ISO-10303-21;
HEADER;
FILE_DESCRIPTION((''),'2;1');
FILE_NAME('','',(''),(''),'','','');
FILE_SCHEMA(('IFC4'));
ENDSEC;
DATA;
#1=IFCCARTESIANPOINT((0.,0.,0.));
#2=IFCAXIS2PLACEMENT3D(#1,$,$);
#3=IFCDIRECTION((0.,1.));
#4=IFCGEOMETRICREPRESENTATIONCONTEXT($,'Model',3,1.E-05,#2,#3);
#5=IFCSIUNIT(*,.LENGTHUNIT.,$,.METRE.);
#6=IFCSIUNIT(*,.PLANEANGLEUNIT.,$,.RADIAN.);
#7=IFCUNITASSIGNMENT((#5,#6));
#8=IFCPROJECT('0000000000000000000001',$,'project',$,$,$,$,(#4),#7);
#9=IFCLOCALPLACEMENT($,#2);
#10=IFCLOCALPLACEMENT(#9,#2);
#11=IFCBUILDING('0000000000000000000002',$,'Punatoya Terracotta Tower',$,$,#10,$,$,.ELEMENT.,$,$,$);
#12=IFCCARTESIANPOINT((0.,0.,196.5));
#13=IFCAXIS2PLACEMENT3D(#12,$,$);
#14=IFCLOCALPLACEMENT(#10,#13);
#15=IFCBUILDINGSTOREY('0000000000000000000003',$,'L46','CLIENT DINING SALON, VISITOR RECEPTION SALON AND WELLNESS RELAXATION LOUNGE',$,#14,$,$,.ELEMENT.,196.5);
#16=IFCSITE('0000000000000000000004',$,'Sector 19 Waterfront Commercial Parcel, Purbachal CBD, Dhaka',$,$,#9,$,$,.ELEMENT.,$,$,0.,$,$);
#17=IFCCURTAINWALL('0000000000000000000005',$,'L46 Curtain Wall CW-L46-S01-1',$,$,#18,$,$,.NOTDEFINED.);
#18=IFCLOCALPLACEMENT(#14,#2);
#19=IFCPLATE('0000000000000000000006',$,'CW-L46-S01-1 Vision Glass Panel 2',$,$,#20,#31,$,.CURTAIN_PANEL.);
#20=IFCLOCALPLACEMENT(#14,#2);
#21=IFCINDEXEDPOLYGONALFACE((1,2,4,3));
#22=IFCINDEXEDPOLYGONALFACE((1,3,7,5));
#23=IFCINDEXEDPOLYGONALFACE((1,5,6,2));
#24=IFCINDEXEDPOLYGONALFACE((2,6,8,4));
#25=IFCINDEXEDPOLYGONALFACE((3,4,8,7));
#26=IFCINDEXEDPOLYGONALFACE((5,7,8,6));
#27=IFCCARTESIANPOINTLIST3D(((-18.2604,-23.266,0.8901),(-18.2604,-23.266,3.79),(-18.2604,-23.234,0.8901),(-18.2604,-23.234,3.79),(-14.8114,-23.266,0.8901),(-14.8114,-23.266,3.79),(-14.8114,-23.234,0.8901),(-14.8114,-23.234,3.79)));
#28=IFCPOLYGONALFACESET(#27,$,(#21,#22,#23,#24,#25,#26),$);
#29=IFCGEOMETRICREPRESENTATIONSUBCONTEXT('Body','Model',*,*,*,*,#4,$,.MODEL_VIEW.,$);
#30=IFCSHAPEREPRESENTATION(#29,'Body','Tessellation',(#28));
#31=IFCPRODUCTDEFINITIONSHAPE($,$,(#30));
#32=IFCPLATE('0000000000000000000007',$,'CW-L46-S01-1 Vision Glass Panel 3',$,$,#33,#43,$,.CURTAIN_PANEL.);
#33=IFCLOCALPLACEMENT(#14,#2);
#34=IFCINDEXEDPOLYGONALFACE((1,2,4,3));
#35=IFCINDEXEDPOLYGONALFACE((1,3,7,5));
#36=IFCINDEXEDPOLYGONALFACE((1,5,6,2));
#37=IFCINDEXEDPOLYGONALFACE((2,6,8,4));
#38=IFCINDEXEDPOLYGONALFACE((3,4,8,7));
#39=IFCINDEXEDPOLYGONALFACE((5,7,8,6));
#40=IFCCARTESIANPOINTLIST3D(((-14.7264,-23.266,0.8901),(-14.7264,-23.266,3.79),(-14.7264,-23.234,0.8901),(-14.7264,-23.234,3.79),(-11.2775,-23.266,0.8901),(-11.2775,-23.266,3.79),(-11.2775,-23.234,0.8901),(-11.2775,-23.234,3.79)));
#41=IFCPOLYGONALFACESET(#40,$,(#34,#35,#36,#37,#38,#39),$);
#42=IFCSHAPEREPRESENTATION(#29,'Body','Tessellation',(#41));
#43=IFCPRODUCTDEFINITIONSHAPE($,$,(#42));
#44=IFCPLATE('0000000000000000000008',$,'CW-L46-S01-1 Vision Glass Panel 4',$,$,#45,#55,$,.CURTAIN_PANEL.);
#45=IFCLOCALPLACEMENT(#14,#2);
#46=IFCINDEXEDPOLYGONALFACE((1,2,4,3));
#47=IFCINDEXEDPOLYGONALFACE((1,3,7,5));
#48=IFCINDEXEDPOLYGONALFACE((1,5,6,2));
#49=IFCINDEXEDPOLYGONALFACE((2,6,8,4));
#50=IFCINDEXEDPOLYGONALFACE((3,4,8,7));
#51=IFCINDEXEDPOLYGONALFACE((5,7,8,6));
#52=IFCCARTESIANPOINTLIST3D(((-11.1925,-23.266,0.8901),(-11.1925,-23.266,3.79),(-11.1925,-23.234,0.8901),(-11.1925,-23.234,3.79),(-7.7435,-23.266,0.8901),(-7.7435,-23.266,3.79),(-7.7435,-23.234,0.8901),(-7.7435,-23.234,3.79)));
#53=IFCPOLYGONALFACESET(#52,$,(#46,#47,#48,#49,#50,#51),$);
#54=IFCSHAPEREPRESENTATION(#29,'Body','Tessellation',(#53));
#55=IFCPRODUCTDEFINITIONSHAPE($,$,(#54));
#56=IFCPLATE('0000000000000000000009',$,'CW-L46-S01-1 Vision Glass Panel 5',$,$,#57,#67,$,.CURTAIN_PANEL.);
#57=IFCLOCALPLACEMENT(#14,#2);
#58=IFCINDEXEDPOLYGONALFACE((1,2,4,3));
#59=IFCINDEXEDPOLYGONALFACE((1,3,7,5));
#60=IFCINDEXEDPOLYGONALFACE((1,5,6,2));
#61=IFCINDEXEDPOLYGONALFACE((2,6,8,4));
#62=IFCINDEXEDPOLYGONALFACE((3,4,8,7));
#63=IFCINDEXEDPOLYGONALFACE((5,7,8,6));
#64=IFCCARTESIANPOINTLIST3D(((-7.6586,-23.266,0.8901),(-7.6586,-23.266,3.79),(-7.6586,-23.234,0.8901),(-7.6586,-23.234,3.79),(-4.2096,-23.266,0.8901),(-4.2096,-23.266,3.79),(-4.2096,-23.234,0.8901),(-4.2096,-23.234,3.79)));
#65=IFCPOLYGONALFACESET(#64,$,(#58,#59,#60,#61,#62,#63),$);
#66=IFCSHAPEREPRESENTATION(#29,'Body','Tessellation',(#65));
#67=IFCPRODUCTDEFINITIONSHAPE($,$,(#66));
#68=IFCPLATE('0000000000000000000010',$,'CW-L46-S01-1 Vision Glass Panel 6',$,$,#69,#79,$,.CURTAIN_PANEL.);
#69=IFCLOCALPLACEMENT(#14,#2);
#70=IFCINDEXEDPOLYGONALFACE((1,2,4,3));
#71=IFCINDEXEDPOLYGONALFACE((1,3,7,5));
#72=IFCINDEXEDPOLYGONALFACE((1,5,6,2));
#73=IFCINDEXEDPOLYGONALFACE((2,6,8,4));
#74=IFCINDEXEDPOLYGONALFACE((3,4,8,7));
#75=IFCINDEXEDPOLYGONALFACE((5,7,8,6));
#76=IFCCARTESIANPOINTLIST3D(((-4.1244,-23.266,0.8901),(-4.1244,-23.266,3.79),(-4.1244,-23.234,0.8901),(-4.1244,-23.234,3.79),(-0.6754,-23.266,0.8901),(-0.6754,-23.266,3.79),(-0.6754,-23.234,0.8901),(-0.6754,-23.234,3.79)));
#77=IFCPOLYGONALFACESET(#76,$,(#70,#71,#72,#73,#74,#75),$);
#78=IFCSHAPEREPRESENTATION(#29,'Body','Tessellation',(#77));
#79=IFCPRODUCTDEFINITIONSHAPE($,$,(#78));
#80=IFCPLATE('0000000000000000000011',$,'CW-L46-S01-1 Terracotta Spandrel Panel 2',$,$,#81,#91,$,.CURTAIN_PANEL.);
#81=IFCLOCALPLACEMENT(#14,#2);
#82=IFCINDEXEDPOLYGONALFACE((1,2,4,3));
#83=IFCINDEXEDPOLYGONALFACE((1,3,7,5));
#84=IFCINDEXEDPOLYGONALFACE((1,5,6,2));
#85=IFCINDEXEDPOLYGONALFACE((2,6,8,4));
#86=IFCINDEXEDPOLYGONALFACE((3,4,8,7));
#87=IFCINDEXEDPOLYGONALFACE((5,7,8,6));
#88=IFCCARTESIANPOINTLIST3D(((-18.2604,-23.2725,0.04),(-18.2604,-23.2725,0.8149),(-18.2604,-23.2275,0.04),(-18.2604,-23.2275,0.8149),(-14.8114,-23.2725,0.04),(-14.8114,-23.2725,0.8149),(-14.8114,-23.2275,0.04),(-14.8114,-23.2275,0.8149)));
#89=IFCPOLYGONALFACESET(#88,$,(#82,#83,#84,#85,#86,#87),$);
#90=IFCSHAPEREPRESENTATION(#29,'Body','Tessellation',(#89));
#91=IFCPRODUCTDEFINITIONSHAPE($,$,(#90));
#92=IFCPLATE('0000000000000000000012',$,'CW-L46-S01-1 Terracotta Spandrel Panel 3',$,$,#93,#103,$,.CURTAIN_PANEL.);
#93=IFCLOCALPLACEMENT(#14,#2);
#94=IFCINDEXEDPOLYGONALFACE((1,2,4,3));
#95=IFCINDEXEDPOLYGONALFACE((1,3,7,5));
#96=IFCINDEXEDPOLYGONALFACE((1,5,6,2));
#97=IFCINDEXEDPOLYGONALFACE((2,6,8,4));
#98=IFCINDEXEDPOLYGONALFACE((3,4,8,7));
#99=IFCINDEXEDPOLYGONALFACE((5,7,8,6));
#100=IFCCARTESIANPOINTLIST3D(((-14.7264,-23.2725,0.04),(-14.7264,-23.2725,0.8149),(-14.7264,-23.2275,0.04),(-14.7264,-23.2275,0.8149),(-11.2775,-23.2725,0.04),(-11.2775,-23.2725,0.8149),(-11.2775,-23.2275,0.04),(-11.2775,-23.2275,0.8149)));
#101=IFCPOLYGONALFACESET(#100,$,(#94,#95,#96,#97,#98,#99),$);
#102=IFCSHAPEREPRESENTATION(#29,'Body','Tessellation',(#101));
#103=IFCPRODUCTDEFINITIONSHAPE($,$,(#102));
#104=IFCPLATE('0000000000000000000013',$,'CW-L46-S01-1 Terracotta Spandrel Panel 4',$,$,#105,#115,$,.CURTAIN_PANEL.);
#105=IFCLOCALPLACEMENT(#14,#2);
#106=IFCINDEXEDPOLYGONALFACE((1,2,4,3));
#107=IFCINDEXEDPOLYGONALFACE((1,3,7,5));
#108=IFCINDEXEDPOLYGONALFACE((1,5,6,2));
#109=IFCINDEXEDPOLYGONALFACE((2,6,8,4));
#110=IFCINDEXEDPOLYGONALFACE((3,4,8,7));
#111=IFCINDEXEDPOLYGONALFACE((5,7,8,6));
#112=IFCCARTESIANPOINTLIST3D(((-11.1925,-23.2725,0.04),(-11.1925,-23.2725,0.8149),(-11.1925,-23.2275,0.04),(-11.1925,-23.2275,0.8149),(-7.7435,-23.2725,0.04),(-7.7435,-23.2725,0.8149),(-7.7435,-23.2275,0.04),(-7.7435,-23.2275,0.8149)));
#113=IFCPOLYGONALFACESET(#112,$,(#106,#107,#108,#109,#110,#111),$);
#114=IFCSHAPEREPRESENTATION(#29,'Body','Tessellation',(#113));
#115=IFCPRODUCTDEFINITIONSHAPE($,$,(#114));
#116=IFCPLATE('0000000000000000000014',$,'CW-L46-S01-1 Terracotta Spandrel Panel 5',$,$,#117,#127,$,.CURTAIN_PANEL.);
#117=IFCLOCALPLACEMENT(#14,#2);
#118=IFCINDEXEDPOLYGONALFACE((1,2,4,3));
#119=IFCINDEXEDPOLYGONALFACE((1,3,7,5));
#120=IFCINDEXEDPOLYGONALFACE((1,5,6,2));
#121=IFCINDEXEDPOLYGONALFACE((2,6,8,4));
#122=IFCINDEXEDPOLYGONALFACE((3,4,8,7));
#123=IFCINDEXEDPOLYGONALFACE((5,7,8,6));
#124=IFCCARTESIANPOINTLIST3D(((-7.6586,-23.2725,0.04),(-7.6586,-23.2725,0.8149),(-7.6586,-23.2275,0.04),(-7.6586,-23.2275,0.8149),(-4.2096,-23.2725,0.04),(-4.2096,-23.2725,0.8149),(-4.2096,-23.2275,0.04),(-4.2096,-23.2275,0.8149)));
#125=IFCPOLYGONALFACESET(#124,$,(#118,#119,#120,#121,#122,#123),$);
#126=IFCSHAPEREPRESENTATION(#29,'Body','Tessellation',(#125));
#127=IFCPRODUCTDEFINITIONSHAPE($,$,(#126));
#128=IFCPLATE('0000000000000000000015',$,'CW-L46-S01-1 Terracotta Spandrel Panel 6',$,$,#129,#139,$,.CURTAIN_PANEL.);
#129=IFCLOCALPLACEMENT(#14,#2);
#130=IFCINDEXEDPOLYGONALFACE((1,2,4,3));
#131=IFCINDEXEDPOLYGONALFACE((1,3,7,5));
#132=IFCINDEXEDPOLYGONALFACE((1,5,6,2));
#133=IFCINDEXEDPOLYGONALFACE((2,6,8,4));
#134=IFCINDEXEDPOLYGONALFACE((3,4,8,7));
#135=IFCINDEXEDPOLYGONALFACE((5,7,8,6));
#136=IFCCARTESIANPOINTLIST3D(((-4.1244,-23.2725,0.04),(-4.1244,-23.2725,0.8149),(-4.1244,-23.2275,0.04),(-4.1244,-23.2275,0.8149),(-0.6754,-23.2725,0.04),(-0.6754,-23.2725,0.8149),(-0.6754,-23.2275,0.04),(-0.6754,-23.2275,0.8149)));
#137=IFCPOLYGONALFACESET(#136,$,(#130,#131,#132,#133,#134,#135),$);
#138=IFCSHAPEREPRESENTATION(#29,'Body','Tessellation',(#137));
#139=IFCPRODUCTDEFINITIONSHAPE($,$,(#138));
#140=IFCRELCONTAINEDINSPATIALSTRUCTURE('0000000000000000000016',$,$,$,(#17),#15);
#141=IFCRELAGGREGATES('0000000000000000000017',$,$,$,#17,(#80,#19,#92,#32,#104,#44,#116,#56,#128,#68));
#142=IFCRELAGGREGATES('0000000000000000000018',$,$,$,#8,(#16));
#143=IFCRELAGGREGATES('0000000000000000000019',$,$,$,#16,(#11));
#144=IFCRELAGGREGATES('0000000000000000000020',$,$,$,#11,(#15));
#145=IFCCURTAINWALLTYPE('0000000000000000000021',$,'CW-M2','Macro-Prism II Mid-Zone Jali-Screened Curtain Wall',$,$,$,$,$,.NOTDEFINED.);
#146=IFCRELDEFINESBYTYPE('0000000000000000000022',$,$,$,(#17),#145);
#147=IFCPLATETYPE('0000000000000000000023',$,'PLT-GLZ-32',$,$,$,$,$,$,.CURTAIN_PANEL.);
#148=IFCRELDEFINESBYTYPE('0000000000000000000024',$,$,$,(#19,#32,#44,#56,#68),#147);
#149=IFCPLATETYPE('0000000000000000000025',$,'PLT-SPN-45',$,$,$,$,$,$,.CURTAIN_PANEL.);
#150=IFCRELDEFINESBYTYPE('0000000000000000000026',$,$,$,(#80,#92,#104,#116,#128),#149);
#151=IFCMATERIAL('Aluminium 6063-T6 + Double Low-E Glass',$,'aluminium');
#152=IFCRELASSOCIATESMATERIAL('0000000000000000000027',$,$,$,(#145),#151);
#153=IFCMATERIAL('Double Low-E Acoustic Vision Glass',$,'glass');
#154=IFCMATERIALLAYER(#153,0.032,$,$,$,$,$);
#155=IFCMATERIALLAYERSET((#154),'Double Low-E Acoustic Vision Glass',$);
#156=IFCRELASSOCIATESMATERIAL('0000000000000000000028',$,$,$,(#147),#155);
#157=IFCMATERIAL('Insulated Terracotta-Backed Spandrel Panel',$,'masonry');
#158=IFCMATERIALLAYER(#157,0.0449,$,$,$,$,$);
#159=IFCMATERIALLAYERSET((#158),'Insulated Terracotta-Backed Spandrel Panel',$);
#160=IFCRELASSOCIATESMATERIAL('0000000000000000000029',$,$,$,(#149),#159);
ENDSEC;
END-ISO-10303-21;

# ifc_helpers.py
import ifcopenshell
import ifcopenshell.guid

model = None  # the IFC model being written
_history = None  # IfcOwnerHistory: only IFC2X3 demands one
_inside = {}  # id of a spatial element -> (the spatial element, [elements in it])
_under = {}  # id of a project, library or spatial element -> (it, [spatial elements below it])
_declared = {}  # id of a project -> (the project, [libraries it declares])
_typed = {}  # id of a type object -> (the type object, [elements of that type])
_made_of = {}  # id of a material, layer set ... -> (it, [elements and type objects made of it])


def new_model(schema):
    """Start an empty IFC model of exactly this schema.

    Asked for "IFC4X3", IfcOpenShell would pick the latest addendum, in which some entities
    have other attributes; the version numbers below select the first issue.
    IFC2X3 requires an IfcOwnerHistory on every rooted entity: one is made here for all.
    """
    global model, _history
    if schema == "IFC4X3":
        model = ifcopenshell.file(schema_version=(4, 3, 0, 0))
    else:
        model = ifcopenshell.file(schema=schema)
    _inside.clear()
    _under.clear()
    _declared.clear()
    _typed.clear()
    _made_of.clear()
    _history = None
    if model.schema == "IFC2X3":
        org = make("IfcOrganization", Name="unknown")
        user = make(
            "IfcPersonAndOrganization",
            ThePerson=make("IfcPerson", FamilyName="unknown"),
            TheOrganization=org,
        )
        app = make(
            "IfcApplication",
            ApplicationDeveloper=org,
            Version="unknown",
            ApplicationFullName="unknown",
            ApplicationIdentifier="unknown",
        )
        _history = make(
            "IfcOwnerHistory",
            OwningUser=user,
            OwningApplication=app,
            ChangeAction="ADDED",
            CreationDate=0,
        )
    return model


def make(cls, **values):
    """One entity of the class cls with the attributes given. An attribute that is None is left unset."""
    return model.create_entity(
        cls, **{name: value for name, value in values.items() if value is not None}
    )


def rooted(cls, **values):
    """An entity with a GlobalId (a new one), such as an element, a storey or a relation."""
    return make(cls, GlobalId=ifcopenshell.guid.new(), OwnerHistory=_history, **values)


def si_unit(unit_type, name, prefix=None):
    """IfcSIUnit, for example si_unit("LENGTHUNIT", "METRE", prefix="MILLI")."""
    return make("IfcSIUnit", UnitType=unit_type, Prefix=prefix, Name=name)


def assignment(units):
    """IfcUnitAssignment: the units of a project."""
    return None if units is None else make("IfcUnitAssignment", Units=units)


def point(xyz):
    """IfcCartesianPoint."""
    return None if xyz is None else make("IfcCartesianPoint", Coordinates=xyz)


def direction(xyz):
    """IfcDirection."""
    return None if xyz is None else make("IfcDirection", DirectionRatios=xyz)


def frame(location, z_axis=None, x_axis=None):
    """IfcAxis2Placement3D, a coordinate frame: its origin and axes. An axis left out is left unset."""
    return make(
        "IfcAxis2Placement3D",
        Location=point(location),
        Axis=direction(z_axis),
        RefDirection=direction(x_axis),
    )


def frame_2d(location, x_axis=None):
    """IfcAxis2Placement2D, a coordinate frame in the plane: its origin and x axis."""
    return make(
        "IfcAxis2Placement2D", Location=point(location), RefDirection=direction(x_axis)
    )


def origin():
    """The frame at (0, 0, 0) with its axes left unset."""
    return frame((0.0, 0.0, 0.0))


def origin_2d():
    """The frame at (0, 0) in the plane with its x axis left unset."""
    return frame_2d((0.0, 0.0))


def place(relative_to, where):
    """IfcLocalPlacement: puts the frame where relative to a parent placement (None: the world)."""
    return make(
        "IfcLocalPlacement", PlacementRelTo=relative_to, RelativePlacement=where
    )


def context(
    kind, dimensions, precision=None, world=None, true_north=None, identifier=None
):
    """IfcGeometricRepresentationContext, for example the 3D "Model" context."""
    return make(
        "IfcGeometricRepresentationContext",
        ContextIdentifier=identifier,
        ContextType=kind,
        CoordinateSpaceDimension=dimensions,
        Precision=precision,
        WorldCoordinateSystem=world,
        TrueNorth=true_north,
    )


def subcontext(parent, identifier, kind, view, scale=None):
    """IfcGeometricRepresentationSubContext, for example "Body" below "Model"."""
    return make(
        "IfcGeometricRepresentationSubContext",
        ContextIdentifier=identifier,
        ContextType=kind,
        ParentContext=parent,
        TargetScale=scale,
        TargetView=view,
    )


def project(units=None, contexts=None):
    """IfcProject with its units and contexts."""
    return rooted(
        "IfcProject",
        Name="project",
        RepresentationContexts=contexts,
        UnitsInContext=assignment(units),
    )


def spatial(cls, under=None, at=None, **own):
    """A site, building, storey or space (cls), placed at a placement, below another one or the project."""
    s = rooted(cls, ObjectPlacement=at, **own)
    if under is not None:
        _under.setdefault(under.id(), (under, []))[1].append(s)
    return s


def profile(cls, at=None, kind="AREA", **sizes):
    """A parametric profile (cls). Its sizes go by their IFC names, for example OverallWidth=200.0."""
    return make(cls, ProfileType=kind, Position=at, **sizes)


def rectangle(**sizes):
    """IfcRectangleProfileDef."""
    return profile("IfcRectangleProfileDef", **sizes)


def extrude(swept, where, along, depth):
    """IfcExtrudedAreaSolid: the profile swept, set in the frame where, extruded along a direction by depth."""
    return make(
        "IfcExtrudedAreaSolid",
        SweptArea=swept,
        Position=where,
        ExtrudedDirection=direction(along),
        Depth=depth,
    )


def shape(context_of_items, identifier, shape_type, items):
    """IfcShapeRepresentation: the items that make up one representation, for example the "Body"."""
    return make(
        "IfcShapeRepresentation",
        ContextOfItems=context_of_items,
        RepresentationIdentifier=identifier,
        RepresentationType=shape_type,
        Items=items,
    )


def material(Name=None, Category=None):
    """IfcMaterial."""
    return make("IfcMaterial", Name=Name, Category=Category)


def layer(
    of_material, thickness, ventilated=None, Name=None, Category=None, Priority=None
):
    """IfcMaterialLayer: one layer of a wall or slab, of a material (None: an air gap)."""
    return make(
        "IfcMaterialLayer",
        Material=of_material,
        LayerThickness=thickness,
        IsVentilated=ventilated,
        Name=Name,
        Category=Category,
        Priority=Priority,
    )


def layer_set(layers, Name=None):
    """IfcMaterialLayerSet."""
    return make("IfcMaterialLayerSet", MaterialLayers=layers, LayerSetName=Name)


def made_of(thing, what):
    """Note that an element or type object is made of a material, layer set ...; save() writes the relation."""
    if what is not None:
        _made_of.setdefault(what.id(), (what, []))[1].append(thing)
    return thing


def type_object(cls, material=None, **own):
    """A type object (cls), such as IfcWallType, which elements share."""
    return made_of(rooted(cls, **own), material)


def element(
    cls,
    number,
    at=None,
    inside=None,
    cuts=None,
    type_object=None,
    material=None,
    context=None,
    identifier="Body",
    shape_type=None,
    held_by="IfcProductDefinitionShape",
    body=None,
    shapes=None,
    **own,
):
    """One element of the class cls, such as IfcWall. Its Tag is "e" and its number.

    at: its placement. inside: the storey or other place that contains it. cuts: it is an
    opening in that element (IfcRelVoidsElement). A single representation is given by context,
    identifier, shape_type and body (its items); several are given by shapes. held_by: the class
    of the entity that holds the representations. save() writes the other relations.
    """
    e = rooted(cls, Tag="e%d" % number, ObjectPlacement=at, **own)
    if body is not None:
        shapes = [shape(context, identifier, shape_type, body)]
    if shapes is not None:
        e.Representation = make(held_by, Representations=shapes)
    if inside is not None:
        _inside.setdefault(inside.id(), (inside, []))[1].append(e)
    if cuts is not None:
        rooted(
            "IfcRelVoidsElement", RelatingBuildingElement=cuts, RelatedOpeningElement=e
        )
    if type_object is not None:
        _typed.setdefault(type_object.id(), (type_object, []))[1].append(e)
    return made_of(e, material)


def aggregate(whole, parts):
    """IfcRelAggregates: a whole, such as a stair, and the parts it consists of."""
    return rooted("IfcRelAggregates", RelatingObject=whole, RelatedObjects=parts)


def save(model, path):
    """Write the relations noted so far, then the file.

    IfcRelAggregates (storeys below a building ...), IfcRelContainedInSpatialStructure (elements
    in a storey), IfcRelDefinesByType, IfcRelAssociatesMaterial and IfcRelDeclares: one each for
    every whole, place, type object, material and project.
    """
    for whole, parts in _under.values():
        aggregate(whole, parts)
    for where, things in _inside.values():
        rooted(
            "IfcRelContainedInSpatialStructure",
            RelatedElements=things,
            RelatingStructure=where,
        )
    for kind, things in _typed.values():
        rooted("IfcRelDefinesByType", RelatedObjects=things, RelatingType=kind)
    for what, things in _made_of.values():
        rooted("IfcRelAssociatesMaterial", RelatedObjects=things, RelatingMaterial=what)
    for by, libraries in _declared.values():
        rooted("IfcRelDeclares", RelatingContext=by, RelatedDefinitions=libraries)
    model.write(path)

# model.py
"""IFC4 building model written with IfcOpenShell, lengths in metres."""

from ifc_helpers import new_model, si_unit, direction, frame, origin, origin_2d, place, context, subcontext, project, spatial, rectangle, extrude, material, layer, layer_set, type_object, element, aggregate, save


model = new_model("IFC4")

# Units and contexts
model_context = context("Model", 3, precision=1e-05, world=origin(), true_north=direction((0.0, 1.0)))
body_context = subcontext(model_context, "Body", "Model", "MODEL_VIEW")
ifc_project = project(units=[si_unit("LENGTHUNIT", "METRE"), si_unit("PLANEANGLEUNIT", "RADIAN")], contexts=[model_context])

# Site, building, storey
site_placement = place(None, origin())
site = spatial("IfcSite", under=ifc_project, at=site_placement, Name="Sector 19 Waterfront Commercial Parcel, Purbachal CBD, Dhaka", CompositionType="ELEMENT", RefElevation=0.0)
building_placement = place(site_placement, origin())
building = spatial("IfcBuilding", under=site, at=building_placement, Name="Punatoya Terracotta Tower", CompositionType="ELEMENT")
storey_placement = place(building_placement, frame((0.0, 0.0, 196.5)))
storey = spatial("IfcBuildingStorey", under=building, at=storey_placement, Name="L46", Description="CLIENT DINING SALON, VISITOR RECEPTION SALON AND WELLNESS RELAXATION LOUNGE", CompositionType="ELEMENT", Elevation=196.5)

# Curtain wall, plates
ifc_material_1 = material(Name="Aluminium 6063-T6 + Double Low-E Glass", Category="aluminium")
curtain_wall_type = type_object("IfcCurtainWallType", Name="CW-M2", Description="Macro-Prism II Mid-Zone Jali-Screened Curtain Wall", PredefinedType="NOTDEFINED", material=ifc_material_1)
curtain_wall_placement = place(storey_placement, origin())
curtain_wall = element("IfcCurtainWall", 1, at=curtain_wall_placement, inside=storey, type_object=curtain_wall_type, Name="L46 Curtain Wall CW-L46-S01-1", PredefinedType="NOTDEFINED")
ifc_material_2 = material(Name="Double Low-E Acoustic Vision Glass", Category="glass")
ifc_layer_1 = layer(ifc_material_2, 0.032)
ifc_layer_set_1 = layer_set([ifc_layer_1], Name="Double Low-E Acoustic Vision Glass")
plate_type_1 = type_object("IfcPlateType", Name="PLT-GLZ-32", PredefinedType="CURTAIN_PANEL", material=ifc_layer_set_1)
plate_1_placement = place(storey_placement, frame((-16.5359, -23.25, 0.8901), z_axis=(0.0, 0.0, 1.0), x_axis=(1.0, 0.0, 0.0)))
plate_1 = element("IfcPlate", 2, at=plate_1_placement, type_object=plate_type_1, Name="CW-L46-S01-1 Vision Glass Panel 2", PredefinedType="CURTAIN_PANEL", context=body_context, shape_type="SweptSolid", body=[
    extrude(rectangle(XDim=3.449, YDim=0.032, at=origin_2d()), origin(), (0.0, 0.0, 1.0), 2.8999),
])
plate_2_placement = place(storey_placement, frame((-13.002, -23.25, 0.8901), z_axis=(0.0, 0.0, 1.0), x_axis=(1.0, 0.0, 0.0)))
plate_2 = element("IfcPlate", 3, at=plate_2_placement, type_object=plate_type_1, Name="CW-L46-S01-1 Vision Glass Panel 3", PredefinedType="CURTAIN_PANEL", context=body_context, shape_type="SweptSolid", body=[
    extrude(rectangle(XDim=3.449, YDim=0.032, at=origin_2d()), origin(), (0.0, 0.0, 1.0), 2.8999),
])
plate_3_placement = place(storey_placement, frame((-9.468, -23.25, 0.8901), z_axis=(0.0, 0.0, 1.0), x_axis=(1.0, 0.0, 0.0)))
plate_3 = element("IfcPlate", 4, at=plate_3_placement, type_object=plate_type_1, Name="CW-L46-S01-1 Vision Glass Panel 4", PredefinedType="CURTAIN_PANEL", context=body_context, shape_type="SweptSolid", body=[
    extrude(rectangle(XDim=3.449, YDim=0.032, at=origin_2d()), origin(), (0.0, 0.0, 1.0), 2.8999),
])
plate_4_placement = place(storey_placement, frame((-5.9341, -23.25, 0.8901), z_axis=(0.0, 0.0, 1.0), x_axis=(1.0, 0.0, 0.0)))
plate_4 = element("IfcPlate", 5, at=plate_4_placement, type_object=plate_type_1, Name="CW-L46-S01-1 Vision Glass Panel 5", PredefinedType="CURTAIN_PANEL", context=body_context, shape_type="SweptSolid", body=[
    extrude(rectangle(XDim=3.449, YDim=0.032, at=origin_2d()), origin(), (0.0, 0.0, 1.0), 2.8999),
])
plate_5_placement = place(storey_placement, frame((-2.3999, -23.25, 0.8901), z_axis=(0.0, 0.0, 1.0), x_axis=(1.0, 0.0, 0.0)))
plate_5 = element("IfcPlate", 6, at=plate_5_placement, type_object=plate_type_1, Name="CW-L46-S01-1 Vision Glass Panel 6", PredefinedType="CURTAIN_PANEL", context=body_context, shape_type="SweptSolid", body=[
    extrude(rectangle(XDim=3.449, YDim=0.032, at=origin_2d()), origin(), (0.0, 0.0, 1.0), 2.8999),
])
ifc_material_3 = material(Name="Insulated Terracotta-Backed Spandrel Panel", Category="masonry")
ifc_layer_2 = layer(ifc_material_3, 0.0449)
ifc_layer_set_2 = layer_set([ifc_layer_2], Name="Insulated Terracotta-Backed Spandrel Panel")
plate_type_2 = type_object("IfcPlateType", Name="PLT-SPN-45", PredefinedType="CURTAIN_PANEL", material=ifc_layer_set_2)
plate_6_placement = place(storey_placement, frame((-16.5359, -23.25, 0.04), z_axis=(0.0, 0.0, 1.0), x_axis=(1.0, 0.0, 0.0)))
plate_6 = element("IfcPlate", 7, at=plate_6_placement, type_object=plate_type_2, Name="CW-L46-S01-1 Terracotta Spandrel Panel 2", PredefinedType="CURTAIN_PANEL", context=body_context, shape_type="SweptSolid", body=[
    extrude(rectangle(XDim=3.449, YDim=0.0449, at=origin_2d()), origin(), (0.0, 0.0, 1.0), 0.7749),
])
plate_7_placement = place(storey_placement, frame((-13.002, -23.25, 0.04), z_axis=(0.0, 0.0, 1.0), x_axis=(1.0, 0.0, 0.0)))
plate_7 = element("IfcPlate", 8, at=plate_7_placement, type_object=plate_type_2, Name="CW-L46-S01-1 Terracotta Spandrel Panel 3", PredefinedType="CURTAIN_PANEL", context=body_context, shape_type="SweptSolid", body=[
    extrude(rectangle(XDim=3.449, YDim=0.0449, at=origin_2d()), origin(), (0.0, 0.0, 1.0), 0.7749),
])
plate_8_placement = place(storey_placement, frame((-9.468, -23.25, 0.04), z_axis=(0.0, 0.0, 1.0), x_axis=(1.0, 0.0, 0.0)))
plate_8 = element("IfcPlate", 9, at=plate_8_placement, type_object=plate_type_2, Name="CW-L46-S01-1 Terracotta Spandrel Panel 4", PredefinedType="CURTAIN_PANEL", context=body_context, shape_type="SweptSolid", body=[
    extrude(rectangle(XDim=3.449, YDim=0.0449, at=origin_2d()), origin(), (0.0, 0.0, 1.0), 0.7749),
])
plate_9_placement = place(storey_placement, frame((-5.9341, -23.25, 0.04), z_axis=(0.0, 0.0, 1.0), x_axis=(1.0, 0.0, 0.0)))
plate_9 = element("IfcPlate", 10, at=plate_9_placement, type_object=plate_type_2, Name="CW-L46-S01-1 Terracotta Spandrel Panel 5", PredefinedType="CURTAIN_PANEL", context=body_context, shape_type="SweptSolid", body=[
    extrude(rectangle(XDim=3.449, YDim=0.0449, at=origin_2d()), origin(), (0.0, 0.0, 1.0), 0.7749),
])
plate_10_placement = place(storey_placement, frame((-2.3999, -23.25, 0.04), z_axis=(0.0, 0.0, 1.0), x_axis=(1.0, 0.0, 0.0)))
plate_10 = element("IfcPlate", 11, at=plate_10_placement, type_object=plate_type_2, Name="CW-L46-S01-1 Terracotta Spandrel Panel 6", PredefinedType="CURTAIN_PANEL", context=body_context, shape_type="SweptSolid", body=[
    extrude(rectangle(XDim=3.449, YDim=0.0449, at=origin_2d()), origin(), (0.0, 0.0, 1.0), 0.7749),
])
aggregate(curtain_wall, [plate_6, plate_1, plate_7, plate_2, plate_8, plate_3, plate_9, plate_4, plate_10, plate_5])

save(model, "model.ifc")
